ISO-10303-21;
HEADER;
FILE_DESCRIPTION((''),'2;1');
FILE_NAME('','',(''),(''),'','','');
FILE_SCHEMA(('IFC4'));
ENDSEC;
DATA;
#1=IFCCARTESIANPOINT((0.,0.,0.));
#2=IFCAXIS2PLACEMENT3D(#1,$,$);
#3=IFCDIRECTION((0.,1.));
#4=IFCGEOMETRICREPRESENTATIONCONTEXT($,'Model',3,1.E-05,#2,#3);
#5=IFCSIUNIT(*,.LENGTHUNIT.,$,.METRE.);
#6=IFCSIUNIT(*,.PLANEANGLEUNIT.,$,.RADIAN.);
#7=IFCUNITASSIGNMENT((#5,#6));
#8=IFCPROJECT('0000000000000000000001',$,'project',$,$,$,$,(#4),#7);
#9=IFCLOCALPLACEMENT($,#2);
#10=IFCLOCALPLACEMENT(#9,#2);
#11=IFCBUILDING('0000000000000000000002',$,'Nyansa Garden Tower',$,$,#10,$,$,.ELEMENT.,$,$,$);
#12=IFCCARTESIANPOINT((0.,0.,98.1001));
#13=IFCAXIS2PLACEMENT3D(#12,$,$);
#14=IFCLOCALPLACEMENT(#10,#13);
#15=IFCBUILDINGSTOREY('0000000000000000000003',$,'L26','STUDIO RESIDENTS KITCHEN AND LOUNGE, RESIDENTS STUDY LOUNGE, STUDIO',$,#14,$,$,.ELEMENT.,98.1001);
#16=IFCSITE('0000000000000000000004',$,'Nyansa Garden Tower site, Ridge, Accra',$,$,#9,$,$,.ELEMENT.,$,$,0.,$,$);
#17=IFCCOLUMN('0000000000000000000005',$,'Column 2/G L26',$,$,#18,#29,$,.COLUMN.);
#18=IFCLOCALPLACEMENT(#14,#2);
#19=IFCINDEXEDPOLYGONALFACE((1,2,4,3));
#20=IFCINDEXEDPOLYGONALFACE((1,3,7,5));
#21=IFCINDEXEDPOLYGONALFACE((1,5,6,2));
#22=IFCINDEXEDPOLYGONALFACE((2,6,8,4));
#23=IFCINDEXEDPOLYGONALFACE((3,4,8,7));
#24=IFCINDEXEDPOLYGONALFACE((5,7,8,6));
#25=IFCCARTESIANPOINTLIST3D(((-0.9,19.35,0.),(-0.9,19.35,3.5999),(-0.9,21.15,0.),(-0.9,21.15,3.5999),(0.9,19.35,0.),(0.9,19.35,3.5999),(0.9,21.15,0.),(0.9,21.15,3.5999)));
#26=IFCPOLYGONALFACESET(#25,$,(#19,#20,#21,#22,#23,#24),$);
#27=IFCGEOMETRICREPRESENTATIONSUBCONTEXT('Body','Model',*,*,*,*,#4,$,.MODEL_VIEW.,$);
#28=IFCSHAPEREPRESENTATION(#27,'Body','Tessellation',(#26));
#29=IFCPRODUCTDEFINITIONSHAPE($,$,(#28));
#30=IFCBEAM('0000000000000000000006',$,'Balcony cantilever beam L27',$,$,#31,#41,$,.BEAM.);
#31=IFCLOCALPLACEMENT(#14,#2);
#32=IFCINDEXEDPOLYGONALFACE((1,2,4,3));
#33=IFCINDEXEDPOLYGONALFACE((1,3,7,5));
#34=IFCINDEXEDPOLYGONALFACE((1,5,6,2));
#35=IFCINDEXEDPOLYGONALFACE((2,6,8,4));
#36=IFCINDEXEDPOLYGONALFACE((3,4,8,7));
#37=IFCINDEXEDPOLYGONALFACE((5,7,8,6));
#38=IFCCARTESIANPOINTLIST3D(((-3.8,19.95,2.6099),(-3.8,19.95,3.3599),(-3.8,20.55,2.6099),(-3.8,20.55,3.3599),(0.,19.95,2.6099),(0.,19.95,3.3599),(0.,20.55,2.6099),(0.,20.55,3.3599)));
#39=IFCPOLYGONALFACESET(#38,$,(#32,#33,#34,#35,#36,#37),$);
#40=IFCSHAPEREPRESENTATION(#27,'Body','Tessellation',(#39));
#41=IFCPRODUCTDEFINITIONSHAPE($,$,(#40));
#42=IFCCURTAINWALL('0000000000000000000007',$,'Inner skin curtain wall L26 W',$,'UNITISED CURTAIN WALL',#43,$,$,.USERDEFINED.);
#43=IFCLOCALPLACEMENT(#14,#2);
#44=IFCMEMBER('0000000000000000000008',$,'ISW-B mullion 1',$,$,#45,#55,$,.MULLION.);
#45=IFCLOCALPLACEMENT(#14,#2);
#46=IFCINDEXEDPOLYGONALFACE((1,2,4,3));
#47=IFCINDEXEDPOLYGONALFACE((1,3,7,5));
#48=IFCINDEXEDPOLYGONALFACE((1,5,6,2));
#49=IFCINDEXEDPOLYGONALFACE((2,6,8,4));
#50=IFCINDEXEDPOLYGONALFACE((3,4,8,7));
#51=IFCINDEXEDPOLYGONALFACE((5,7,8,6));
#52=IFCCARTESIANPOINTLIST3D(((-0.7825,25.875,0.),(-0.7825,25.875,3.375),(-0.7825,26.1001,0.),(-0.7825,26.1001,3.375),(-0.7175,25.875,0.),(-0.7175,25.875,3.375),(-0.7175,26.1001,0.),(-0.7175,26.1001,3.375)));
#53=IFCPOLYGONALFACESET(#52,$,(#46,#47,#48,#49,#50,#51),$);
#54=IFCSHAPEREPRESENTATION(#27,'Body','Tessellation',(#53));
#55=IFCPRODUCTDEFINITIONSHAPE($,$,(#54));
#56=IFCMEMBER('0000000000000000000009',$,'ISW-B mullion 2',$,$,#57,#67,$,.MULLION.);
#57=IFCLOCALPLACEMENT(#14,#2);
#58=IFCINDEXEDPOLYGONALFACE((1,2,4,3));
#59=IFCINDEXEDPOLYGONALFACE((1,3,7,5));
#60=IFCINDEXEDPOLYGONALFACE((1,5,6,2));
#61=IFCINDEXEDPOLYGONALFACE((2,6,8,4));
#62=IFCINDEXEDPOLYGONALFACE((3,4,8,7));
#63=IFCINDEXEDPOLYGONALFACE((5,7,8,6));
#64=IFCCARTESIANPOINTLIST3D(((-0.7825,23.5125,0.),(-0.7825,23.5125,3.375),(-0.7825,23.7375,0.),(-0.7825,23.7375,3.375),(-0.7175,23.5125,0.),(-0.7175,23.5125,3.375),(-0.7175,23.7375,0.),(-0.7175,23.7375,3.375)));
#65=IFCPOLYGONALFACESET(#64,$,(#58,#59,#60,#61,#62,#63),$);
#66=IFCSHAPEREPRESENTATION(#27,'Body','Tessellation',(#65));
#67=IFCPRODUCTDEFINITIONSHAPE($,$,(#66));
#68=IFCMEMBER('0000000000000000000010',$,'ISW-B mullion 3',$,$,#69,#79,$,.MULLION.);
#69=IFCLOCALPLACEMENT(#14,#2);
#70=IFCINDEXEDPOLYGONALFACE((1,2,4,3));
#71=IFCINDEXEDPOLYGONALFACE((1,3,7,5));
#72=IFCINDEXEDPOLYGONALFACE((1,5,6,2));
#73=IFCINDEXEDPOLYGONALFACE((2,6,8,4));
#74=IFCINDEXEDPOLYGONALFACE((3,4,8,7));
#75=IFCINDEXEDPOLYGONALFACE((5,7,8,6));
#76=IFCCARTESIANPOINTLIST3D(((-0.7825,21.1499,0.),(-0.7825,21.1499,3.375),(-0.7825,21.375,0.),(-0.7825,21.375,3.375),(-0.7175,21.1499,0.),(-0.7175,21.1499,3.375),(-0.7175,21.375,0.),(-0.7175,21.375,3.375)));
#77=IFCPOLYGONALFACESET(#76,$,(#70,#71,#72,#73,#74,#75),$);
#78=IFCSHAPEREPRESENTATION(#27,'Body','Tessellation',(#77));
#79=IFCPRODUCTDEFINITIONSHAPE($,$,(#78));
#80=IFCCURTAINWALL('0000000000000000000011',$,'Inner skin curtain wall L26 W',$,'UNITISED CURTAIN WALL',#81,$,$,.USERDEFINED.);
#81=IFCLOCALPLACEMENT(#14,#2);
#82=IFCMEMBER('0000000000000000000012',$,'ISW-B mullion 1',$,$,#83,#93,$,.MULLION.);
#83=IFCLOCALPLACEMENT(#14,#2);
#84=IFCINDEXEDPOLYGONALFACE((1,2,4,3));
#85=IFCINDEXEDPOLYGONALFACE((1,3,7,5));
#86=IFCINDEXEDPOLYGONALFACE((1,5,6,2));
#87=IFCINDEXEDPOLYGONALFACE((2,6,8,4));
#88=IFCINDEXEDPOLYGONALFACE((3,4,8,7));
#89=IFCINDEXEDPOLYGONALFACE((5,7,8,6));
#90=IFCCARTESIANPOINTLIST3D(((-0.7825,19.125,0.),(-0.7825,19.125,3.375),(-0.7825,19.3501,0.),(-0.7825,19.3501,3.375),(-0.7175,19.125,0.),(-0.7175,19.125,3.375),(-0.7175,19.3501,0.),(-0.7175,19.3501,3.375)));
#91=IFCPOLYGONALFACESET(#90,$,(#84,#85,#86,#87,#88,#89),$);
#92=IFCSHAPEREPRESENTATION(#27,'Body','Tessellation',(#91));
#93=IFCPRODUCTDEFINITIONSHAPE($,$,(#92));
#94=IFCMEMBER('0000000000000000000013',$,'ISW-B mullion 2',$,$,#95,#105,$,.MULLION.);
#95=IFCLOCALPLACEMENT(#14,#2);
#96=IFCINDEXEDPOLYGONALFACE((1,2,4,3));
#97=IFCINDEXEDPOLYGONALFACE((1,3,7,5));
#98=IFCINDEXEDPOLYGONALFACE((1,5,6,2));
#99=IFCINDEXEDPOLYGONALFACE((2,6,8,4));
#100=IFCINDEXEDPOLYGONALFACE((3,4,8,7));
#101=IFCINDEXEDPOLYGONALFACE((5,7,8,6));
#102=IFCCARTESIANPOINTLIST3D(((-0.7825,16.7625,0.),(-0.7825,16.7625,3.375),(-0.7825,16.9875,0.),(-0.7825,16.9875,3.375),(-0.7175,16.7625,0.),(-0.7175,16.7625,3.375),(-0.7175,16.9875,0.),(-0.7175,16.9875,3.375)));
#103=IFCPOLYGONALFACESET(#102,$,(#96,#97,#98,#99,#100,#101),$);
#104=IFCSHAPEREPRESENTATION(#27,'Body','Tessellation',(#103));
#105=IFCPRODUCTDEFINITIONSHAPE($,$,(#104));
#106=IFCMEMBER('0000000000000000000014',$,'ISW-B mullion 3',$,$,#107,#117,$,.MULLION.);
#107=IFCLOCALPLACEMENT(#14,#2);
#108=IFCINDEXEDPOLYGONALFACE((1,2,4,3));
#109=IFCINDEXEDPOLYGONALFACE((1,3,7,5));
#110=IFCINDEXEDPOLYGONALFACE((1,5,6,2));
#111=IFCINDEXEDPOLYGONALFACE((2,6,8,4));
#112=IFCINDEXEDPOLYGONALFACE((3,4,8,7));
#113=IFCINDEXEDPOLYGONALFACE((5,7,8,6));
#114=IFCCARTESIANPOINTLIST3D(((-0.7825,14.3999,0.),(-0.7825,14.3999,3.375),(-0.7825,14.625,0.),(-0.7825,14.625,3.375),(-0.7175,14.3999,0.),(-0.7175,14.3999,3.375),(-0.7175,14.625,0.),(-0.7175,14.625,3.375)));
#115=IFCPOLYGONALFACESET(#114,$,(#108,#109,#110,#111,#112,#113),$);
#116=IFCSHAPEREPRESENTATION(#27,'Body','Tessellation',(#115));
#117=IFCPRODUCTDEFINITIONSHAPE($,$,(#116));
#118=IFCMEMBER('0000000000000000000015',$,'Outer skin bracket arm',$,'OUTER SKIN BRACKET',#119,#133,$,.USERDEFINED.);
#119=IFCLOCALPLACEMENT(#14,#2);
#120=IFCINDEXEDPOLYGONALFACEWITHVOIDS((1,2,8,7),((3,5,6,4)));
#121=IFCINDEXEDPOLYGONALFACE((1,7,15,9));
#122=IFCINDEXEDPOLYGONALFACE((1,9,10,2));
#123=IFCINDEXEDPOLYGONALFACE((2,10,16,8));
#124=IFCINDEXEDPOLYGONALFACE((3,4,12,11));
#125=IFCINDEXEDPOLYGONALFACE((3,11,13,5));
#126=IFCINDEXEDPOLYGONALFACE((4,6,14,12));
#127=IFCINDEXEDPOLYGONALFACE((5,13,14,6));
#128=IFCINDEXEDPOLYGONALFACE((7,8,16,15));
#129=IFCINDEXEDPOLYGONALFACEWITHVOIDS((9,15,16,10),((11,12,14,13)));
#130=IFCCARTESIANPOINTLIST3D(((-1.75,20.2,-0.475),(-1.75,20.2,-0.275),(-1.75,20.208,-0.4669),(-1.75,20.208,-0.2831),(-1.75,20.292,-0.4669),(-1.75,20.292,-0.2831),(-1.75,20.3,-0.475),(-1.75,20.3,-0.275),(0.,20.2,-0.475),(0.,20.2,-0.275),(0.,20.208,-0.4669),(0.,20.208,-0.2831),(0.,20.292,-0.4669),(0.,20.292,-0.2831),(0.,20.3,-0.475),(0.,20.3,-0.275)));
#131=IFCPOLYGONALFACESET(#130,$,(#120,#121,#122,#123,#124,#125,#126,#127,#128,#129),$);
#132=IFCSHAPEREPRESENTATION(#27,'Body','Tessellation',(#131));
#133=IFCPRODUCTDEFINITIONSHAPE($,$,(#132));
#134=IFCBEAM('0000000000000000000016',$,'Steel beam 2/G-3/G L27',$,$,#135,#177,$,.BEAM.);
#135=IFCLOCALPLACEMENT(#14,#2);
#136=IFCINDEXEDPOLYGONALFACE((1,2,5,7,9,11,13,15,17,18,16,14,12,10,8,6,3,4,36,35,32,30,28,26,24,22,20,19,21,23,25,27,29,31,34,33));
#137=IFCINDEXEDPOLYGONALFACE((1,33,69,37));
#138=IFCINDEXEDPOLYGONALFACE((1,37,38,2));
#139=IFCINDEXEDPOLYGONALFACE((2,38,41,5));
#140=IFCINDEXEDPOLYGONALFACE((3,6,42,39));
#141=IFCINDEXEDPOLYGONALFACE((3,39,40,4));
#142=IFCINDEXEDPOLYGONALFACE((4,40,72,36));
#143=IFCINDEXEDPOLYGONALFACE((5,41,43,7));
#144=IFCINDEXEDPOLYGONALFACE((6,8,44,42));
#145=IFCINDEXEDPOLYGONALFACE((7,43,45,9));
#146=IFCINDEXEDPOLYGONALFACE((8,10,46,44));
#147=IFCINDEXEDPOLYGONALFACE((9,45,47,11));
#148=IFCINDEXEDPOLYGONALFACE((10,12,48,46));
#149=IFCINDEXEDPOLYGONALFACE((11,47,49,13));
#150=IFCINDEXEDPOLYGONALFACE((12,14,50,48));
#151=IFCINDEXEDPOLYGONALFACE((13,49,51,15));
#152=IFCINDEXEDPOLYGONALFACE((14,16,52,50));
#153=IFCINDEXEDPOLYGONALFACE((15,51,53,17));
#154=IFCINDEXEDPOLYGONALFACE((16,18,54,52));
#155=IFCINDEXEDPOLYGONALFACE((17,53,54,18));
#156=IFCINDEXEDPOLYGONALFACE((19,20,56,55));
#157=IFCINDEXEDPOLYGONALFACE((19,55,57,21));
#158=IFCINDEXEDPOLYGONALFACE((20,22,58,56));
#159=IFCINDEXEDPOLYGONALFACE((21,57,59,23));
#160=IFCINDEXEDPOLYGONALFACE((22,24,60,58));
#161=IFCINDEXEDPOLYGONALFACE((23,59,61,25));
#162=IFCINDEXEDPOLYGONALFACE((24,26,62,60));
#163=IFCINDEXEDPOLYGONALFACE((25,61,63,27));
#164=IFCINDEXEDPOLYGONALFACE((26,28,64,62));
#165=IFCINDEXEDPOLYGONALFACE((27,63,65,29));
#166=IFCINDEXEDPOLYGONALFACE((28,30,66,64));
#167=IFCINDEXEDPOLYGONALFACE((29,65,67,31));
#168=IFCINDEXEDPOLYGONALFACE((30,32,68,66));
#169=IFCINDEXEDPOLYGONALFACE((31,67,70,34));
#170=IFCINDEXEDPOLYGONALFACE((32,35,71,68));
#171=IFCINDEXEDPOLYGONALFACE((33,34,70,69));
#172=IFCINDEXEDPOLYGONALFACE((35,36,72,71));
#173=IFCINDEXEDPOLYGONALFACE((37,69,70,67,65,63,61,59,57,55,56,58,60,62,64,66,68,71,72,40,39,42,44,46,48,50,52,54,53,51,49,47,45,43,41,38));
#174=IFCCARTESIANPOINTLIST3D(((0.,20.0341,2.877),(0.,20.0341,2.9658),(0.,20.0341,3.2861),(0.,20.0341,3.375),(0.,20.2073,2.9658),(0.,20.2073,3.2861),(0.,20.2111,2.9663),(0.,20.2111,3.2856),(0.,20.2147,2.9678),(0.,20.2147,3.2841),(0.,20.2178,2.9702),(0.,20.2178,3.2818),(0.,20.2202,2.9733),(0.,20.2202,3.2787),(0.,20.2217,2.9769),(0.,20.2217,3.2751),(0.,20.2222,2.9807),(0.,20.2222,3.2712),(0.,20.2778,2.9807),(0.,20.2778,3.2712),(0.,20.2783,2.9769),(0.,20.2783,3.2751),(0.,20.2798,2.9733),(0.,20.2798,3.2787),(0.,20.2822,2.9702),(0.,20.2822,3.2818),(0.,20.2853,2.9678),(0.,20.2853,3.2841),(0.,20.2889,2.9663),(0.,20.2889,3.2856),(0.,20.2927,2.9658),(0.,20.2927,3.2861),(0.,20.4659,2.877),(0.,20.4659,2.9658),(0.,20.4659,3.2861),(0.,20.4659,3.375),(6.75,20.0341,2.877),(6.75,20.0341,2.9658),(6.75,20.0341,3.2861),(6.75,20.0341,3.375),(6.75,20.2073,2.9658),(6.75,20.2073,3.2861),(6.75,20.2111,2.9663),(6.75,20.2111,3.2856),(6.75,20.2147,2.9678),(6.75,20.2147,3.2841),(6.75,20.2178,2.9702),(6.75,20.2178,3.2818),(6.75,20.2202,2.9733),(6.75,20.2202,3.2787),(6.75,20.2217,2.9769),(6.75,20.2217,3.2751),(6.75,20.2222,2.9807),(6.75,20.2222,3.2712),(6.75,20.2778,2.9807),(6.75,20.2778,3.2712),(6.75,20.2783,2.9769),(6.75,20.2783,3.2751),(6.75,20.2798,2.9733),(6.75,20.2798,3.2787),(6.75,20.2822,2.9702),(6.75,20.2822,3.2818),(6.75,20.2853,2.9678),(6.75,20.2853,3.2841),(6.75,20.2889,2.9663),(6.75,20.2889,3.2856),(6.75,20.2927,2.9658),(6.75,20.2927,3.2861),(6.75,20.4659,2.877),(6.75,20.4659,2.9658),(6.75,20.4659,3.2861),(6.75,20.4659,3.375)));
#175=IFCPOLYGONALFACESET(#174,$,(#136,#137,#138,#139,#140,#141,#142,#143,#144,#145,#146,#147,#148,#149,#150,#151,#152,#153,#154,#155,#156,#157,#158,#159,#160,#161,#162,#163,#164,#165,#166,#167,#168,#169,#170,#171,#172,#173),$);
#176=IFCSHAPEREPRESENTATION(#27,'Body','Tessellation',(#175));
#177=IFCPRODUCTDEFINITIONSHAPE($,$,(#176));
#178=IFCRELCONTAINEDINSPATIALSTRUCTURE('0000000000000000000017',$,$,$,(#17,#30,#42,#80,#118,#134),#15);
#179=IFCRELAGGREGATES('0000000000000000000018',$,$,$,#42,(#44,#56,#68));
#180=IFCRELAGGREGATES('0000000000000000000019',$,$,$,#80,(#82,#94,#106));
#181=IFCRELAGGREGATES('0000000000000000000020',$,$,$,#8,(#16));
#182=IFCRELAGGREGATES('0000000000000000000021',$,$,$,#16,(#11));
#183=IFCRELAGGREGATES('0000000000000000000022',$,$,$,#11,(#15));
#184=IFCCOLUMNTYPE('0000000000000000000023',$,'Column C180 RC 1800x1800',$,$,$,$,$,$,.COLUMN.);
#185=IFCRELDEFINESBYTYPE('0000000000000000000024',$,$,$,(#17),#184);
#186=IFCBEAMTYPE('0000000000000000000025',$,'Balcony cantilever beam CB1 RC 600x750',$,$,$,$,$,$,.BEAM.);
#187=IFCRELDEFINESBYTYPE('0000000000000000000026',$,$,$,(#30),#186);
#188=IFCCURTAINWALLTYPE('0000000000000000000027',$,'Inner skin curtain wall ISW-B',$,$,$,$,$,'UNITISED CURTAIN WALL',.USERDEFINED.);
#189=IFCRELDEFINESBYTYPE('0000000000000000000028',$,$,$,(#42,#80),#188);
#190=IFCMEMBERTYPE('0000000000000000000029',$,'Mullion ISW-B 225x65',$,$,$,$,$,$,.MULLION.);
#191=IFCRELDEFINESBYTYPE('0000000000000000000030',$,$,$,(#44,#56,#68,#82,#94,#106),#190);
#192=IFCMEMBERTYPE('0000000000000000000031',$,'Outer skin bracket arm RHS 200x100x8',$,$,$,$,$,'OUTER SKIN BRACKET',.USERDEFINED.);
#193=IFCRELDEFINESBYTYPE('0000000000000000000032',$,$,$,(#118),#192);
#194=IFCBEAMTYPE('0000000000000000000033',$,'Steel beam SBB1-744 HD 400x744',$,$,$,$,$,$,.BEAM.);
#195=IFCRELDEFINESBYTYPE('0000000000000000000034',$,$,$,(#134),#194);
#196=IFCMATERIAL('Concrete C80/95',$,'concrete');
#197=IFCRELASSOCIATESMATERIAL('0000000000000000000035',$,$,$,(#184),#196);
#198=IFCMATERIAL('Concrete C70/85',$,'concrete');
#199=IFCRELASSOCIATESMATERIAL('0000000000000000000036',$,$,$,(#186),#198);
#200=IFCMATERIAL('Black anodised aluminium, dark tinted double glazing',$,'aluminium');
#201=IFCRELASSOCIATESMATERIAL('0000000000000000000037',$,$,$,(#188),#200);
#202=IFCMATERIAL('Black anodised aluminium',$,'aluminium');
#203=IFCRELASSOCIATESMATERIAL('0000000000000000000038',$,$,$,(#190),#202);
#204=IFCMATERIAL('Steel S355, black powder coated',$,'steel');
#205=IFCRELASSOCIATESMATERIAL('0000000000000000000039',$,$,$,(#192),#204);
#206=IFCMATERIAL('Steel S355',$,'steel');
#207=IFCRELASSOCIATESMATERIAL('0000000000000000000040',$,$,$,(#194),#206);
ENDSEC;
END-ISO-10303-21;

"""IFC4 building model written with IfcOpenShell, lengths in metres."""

from ifc_helpers import new_model, si_unit, direction, frame, origin, origin_2d, place, context, subcontext, project, spatial, rectangle, hollow_rectangle, i_section, extrude, material, material_profile, profile_set, type_object, element, aggregate, save


model = new_model("IFC4")

# Units and contexts
model_context = context("Model", 3, precision=1e-05, world=origin(), true_north=direction((0.0, 1.0)))
body_context = subcontext(model_context, "Body", "Model", "MODEL_VIEW")
ifc_project = project(units=[si_unit("LENGTHUNIT", "METRE"), si_unit("PLANEANGLEUNIT", "RADIAN")], contexts=[model_context])

# Site, building, storey
site_placement = place(None, origin())
site = spatial("IfcSite", under=ifc_project, at=site_placement, Name="Nyansa Garden Tower site, Ridge, Accra", CompositionType="ELEMENT", RefElevation=0.0)
building_placement = place(site_placement, origin())
building = spatial("IfcBuilding", under=site, at=building_placement, Name="Nyansa Garden Tower", CompositionType="ELEMENT")
storey_placement = place(building_placement, frame((0.0, 0.0, 98.1001)))
storey = spatial("IfcBuildingStorey", under=building, at=storey_placement, Name="L26", Description="STUDIO RESIDENTS KITCHEN AND LOUNGE, RESIDENTS STUDY LOUNGE, STUDIO", CompositionType="ELEMENT", Elevation=98.1001)

# Column
ifc_material_1 = material(Name="Concrete C80/95", Category="concrete")
ifc_material_profile_1 = material_profile(ifc_material_1, rectangle(XDim=1.8, YDim=1.8, at=origin_2d()), Name="RC 1800x1800")
ifc_profile_set_1 = profile_set([ifc_material_profile_1], Name="Concrete C80/95")
column_type = type_object("IfcColumnType", Name="Column C180 RC 1800x1800", PredefinedType="COLUMN", material=ifc_profile_set_1)
column_placement = place(storey_placement, frame((0.0, 20.25, 0.0), z_axis=(0.0, 0.0, 1.0), x_axis=(1.0, 0.0, 0.0)))
element("IfcColumn", 1, at=column_placement, inside=storey, type_object=column_type, Name="Column 2/G L26", PredefinedType="COLUMN", context=body_context, shape_type="SweptSolid", body=[
    extrude(rectangle(XDim=1.8, YDim=1.8, at=origin_2d()), origin(), (0.0, 0.0, 1.0), 3.5999),
])

# Beam
ifc_material_2 = material(Name="Concrete C70/85", Category="concrete")
ifc_material_profile_2 = material_profile(ifc_material_2, rectangle(XDim=0.6001, YDim=0.75, at=origin_2d()), Name="RC 600x750")
ifc_profile_set_2 = profile_set([ifc_material_profile_2], Name="Concrete C70/85")
beam_type_1 = type_object("IfcBeamType", Name="Balcony cantilever beam CB1 RC 600x750", PredefinedType="BEAM", material=ifc_profile_set_2)
beam_1_placement = place(storey_placement, frame((0.0, 20.25, 2.9849), z_axis=(-1.0, 0.0, 0.0), x_axis=(0.0, -1.0, 0.0)))
element("IfcBeam", 2, at=beam_1_placement, inside=storey, type_object=beam_type_1, Name="Balcony cantilever beam L27", PredefinedType="BEAM", context=body_context, shape_type="SweptSolid", body=[
    extrude(rectangle(XDim=0.6001, YDim=0.75, at=origin_2d()), origin(), (0.0, 0.0, 1.0), 3.8),
])

# Curtain walls, members
ifc_material_3 = material(Name="Black anodised aluminium, dark tinted double glazing", Category="aluminium")
curtain_wall_type = type_object("IfcCurtainWallType", Name="Inner skin curtain wall ISW-B", ElementType="UNITISED CURTAIN WALL", PredefinedType="USERDEFINED", material=ifc_material_3)
curtain_wall_1_placement = place(storey_placement, origin())
curtain_wall_1 = element("IfcCurtainWall", 3, at=curtain_wall_1_placement, inside=storey, type_object=curtain_wall_type, Name="Inner skin curtain wall L26 W", ObjectType="UNITISED CURTAIN WALL", PredefinedType="USERDEFINED")
ifc_material_4 = material(Name="Black anodised aluminium", Category="aluminium")
ifc_material_profile_3 = material_profile(ifc_material_4, rectangle(XDim=0.0649, YDim=0.2251, at=origin_2d()), Name="Mullion 225x65")
ifc_profile_set_3 = profile_set([ifc_material_profile_3], Name="Black anodised aluminium")
member_type_1 = type_object("IfcMemberType", Name="Mullion ISW-B 225x65", PredefinedType="MULLION", material=ifc_profile_set_3)
member_1_placement = place(storey_placement, frame((-0.75, 25.9875, 0.0), z_axis=(0.0, 0.0, 1.0), x_axis=(1.0, 0.0, 0.0)))
member_1 = element("IfcMember", 4, at=member_1_placement, type_object=member_type_1, Name="ISW-B mullion 1", PredefinedType="MULLION", context=body_context, shape_type="SweptSolid", body=[
    extrude(rectangle(XDim=0.0649, YDim=0.2251, at=origin_2d()), origin(), (0.0, 0.0, 1.0), 3.375),
])
member_2_placement = place(storey_placement, frame((-0.75, 23.625, 0.0), z_axis=(0.0, 0.0, 1.0), x_axis=(1.0, 0.0, 0.0)))
member_2 = element("IfcMember", 5, at=member_2_placement, type_object=member_type_1, Name="ISW-B mullion 2", PredefinedType="MULLION", context=body_context, shape_type="SweptSolid", body=[
    extrude(rectangle(XDim=0.0649, YDim=0.2251, at=origin_2d()), origin(), (0.0, 0.0, 1.0), 3.375),
])
member_3_placement = place(storey_placement, frame((-0.75, 21.2625, 0.0), z_axis=(0.0, 0.0, 1.0), x_axis=(1.0, 0.0, 0.0)))
member_3 = element("IfcMember", 6, at=member_3_placement, type_object=member_type_1, Name="ISW-B mullion 3", PredefinedType="MULLION", context=body_context, shape_type="SweptSolid", body=[
    extrude(rectangle(XDim=0.0649, YDim=0.2251, at=origin_2d()), origin(), (0.0, 0.0, 1.0), 3.375),
])
curtain_wall_2_placement = place(storey_placement, origin())
curtain_wall_2 = element("IfcCurtainWall", 7, at=curtain_wall_2_placement, inside=storey, type_object=curtain_wall_type, Name="Inner skin curtain wall L26 W", ObjectType="UNITISED CURTAIN WALL", PredefinedType="USERDEFINED")
member_4_placement = place(storey_placement, frame((-0.75, 19.2375, 0.0), z_axis=(0.0, 0.0, 1.0), x_axis=(1.0, 0.0, 0.0)))
member_4 = element("IfcMember", 8, at=member_4_placement, type_object=member_type_1, Name="ISW-B mullion 1", PredefinedType="MULLION", context=body_context, shape_type="SweptSolid", body=[
    extrude(rectangle(XDim=0.0649, YDim=0.2251, at=origin_2d()), origin(), (0.0, 0.0, 1.0), 3.375),
])
member_5_placement = place(storey_placement, frame((-0.75, 16.875, 0.0), z_axis=(0.0, 0.0, 1.0), x_axis=(1.0, 0.0, 0.0)))
member_5 = element("IfcMember", 9, at=member_5_placement, type_object=member_type_1, Name="ISW-B mullion 2", PredefinedType="MULLION", context=body_context, shape_type="SweptSolid", body=[
    extrude(rectangle(XDim=0.0649, YDim=0.2251, at=origin_2d()), origin(), (0.0, 0.0, 1.0), 3.375),
])
member_6_placement = place(storey_placement, frame((-0.75, 14.5125, 0.0), z_axis=(0.0, 0.0, 1.0), x_axis=(1.0, 0.0, 0.0)))
member_6 = element("IfcMember", 10, at=member_6_placement, type_object=member_type_1, Name="ISW-B mullion 3", PredefinedType="MULLION", context=body_context, shape_type="SweptSolid", body=[
    extrude(rectangle(XDim=0.0649, YDim=0.2251, at=origin_2d()), origin(), (0.0, 0.0, 1.0), 3.375),
])

# Member
ifc_material_5 = material(Name="Steel S355, black powder coated", Category="steel")
ifc_material_profile_4 = material_profile(ifc_material_5, hollow_rectangle(XDim=0.1001, YDim=0.2, WallThickness=0.0081, at=origin_2d()), Name="RHS 200x100x8")
ifc_profile_set_4 = profile_set([ifc_material_profile_4], Name="Steel S355, black powder coated")
member_type_2 = type_object("IfcMemberType", Name="Outer skin bracket arm RHS 200x100x8", ElementType="OUTER SKIN BRACKET", PredefinedType="USERDEFINED", material=ifc_profile_set_4)
member_7_placement = place(storey_placement, frame((0.0, 20.25, -0.375), z_axis=(-1.0, 0.0, 0.0), x_axis=(0.0, -1.0, 0.0)))
element("IfcMember", 11, at=member_7_placement, inside=storey, type_object=member_type_2, Name="Outer skin bracket arm", ObjectType="OUTER SKIN BRACKET", PredefinedType="USERDEFINED", context=body_context, shape_type="SweptSolid", body=[
    extrude(hollow_rectangle(XDim=0.1001, YDim=0.2, WallThickness=0.0081, at=origin_2d()), origin(), (0.0, 0.0, 1.0), 1.75),
])

# Beam
ifc_material_6 = material(Name="Steel S355", Category="steel")
ifc_material_profile_5 = material_profile(ifc_material_6, i_section(OverallWidth=0.4319, OverallDepth=0.498, WebThickness=0.0557, FlangeThickness=0.0889, FilletRadius=0.0149, at=origin_2d()), Name="HD 400x744")
ifc_profile_set_5 = profile_set([ifc_material_profile_5], Name="Steel S355")
beam_type_2 = type_object("IfcBeamType", Name="Steel beam SBB1-744 HD 400x744", PredefinedType="BEAM", material=ifc_profile_set_5)
beam_2_placement = place(storey_placement, frame((0.0, 20.25, 3.126), z_axis=(1.0, 0.0, 0.0), x_axis=(0.0, 1.0, 0.0)))
element("IfcBeam", 12, at=beam_2_placement, inside=storey, type_object=beam_type_2, Name="Steel beam 2/G-3/G L27", PredefinedType="BEAM", context=body_context, shape_type="SweptSolid", body=[
    extrude(i_section(OverallWidth=0.4319, OverallDepth=0.498, WebThickness=0.0557, FlangeThickness=0.0889, FilletRadius=0.0149, at=origin_2d()), origin(), (0.0, 0.0, 1.0), 6.75),
])

aggregate(curtain_wall_1, [member_1, member_2, member_3])
aggregate(curtain_wall_2, [member_4, member_5, member_6])

save(model, "model.ifc")
